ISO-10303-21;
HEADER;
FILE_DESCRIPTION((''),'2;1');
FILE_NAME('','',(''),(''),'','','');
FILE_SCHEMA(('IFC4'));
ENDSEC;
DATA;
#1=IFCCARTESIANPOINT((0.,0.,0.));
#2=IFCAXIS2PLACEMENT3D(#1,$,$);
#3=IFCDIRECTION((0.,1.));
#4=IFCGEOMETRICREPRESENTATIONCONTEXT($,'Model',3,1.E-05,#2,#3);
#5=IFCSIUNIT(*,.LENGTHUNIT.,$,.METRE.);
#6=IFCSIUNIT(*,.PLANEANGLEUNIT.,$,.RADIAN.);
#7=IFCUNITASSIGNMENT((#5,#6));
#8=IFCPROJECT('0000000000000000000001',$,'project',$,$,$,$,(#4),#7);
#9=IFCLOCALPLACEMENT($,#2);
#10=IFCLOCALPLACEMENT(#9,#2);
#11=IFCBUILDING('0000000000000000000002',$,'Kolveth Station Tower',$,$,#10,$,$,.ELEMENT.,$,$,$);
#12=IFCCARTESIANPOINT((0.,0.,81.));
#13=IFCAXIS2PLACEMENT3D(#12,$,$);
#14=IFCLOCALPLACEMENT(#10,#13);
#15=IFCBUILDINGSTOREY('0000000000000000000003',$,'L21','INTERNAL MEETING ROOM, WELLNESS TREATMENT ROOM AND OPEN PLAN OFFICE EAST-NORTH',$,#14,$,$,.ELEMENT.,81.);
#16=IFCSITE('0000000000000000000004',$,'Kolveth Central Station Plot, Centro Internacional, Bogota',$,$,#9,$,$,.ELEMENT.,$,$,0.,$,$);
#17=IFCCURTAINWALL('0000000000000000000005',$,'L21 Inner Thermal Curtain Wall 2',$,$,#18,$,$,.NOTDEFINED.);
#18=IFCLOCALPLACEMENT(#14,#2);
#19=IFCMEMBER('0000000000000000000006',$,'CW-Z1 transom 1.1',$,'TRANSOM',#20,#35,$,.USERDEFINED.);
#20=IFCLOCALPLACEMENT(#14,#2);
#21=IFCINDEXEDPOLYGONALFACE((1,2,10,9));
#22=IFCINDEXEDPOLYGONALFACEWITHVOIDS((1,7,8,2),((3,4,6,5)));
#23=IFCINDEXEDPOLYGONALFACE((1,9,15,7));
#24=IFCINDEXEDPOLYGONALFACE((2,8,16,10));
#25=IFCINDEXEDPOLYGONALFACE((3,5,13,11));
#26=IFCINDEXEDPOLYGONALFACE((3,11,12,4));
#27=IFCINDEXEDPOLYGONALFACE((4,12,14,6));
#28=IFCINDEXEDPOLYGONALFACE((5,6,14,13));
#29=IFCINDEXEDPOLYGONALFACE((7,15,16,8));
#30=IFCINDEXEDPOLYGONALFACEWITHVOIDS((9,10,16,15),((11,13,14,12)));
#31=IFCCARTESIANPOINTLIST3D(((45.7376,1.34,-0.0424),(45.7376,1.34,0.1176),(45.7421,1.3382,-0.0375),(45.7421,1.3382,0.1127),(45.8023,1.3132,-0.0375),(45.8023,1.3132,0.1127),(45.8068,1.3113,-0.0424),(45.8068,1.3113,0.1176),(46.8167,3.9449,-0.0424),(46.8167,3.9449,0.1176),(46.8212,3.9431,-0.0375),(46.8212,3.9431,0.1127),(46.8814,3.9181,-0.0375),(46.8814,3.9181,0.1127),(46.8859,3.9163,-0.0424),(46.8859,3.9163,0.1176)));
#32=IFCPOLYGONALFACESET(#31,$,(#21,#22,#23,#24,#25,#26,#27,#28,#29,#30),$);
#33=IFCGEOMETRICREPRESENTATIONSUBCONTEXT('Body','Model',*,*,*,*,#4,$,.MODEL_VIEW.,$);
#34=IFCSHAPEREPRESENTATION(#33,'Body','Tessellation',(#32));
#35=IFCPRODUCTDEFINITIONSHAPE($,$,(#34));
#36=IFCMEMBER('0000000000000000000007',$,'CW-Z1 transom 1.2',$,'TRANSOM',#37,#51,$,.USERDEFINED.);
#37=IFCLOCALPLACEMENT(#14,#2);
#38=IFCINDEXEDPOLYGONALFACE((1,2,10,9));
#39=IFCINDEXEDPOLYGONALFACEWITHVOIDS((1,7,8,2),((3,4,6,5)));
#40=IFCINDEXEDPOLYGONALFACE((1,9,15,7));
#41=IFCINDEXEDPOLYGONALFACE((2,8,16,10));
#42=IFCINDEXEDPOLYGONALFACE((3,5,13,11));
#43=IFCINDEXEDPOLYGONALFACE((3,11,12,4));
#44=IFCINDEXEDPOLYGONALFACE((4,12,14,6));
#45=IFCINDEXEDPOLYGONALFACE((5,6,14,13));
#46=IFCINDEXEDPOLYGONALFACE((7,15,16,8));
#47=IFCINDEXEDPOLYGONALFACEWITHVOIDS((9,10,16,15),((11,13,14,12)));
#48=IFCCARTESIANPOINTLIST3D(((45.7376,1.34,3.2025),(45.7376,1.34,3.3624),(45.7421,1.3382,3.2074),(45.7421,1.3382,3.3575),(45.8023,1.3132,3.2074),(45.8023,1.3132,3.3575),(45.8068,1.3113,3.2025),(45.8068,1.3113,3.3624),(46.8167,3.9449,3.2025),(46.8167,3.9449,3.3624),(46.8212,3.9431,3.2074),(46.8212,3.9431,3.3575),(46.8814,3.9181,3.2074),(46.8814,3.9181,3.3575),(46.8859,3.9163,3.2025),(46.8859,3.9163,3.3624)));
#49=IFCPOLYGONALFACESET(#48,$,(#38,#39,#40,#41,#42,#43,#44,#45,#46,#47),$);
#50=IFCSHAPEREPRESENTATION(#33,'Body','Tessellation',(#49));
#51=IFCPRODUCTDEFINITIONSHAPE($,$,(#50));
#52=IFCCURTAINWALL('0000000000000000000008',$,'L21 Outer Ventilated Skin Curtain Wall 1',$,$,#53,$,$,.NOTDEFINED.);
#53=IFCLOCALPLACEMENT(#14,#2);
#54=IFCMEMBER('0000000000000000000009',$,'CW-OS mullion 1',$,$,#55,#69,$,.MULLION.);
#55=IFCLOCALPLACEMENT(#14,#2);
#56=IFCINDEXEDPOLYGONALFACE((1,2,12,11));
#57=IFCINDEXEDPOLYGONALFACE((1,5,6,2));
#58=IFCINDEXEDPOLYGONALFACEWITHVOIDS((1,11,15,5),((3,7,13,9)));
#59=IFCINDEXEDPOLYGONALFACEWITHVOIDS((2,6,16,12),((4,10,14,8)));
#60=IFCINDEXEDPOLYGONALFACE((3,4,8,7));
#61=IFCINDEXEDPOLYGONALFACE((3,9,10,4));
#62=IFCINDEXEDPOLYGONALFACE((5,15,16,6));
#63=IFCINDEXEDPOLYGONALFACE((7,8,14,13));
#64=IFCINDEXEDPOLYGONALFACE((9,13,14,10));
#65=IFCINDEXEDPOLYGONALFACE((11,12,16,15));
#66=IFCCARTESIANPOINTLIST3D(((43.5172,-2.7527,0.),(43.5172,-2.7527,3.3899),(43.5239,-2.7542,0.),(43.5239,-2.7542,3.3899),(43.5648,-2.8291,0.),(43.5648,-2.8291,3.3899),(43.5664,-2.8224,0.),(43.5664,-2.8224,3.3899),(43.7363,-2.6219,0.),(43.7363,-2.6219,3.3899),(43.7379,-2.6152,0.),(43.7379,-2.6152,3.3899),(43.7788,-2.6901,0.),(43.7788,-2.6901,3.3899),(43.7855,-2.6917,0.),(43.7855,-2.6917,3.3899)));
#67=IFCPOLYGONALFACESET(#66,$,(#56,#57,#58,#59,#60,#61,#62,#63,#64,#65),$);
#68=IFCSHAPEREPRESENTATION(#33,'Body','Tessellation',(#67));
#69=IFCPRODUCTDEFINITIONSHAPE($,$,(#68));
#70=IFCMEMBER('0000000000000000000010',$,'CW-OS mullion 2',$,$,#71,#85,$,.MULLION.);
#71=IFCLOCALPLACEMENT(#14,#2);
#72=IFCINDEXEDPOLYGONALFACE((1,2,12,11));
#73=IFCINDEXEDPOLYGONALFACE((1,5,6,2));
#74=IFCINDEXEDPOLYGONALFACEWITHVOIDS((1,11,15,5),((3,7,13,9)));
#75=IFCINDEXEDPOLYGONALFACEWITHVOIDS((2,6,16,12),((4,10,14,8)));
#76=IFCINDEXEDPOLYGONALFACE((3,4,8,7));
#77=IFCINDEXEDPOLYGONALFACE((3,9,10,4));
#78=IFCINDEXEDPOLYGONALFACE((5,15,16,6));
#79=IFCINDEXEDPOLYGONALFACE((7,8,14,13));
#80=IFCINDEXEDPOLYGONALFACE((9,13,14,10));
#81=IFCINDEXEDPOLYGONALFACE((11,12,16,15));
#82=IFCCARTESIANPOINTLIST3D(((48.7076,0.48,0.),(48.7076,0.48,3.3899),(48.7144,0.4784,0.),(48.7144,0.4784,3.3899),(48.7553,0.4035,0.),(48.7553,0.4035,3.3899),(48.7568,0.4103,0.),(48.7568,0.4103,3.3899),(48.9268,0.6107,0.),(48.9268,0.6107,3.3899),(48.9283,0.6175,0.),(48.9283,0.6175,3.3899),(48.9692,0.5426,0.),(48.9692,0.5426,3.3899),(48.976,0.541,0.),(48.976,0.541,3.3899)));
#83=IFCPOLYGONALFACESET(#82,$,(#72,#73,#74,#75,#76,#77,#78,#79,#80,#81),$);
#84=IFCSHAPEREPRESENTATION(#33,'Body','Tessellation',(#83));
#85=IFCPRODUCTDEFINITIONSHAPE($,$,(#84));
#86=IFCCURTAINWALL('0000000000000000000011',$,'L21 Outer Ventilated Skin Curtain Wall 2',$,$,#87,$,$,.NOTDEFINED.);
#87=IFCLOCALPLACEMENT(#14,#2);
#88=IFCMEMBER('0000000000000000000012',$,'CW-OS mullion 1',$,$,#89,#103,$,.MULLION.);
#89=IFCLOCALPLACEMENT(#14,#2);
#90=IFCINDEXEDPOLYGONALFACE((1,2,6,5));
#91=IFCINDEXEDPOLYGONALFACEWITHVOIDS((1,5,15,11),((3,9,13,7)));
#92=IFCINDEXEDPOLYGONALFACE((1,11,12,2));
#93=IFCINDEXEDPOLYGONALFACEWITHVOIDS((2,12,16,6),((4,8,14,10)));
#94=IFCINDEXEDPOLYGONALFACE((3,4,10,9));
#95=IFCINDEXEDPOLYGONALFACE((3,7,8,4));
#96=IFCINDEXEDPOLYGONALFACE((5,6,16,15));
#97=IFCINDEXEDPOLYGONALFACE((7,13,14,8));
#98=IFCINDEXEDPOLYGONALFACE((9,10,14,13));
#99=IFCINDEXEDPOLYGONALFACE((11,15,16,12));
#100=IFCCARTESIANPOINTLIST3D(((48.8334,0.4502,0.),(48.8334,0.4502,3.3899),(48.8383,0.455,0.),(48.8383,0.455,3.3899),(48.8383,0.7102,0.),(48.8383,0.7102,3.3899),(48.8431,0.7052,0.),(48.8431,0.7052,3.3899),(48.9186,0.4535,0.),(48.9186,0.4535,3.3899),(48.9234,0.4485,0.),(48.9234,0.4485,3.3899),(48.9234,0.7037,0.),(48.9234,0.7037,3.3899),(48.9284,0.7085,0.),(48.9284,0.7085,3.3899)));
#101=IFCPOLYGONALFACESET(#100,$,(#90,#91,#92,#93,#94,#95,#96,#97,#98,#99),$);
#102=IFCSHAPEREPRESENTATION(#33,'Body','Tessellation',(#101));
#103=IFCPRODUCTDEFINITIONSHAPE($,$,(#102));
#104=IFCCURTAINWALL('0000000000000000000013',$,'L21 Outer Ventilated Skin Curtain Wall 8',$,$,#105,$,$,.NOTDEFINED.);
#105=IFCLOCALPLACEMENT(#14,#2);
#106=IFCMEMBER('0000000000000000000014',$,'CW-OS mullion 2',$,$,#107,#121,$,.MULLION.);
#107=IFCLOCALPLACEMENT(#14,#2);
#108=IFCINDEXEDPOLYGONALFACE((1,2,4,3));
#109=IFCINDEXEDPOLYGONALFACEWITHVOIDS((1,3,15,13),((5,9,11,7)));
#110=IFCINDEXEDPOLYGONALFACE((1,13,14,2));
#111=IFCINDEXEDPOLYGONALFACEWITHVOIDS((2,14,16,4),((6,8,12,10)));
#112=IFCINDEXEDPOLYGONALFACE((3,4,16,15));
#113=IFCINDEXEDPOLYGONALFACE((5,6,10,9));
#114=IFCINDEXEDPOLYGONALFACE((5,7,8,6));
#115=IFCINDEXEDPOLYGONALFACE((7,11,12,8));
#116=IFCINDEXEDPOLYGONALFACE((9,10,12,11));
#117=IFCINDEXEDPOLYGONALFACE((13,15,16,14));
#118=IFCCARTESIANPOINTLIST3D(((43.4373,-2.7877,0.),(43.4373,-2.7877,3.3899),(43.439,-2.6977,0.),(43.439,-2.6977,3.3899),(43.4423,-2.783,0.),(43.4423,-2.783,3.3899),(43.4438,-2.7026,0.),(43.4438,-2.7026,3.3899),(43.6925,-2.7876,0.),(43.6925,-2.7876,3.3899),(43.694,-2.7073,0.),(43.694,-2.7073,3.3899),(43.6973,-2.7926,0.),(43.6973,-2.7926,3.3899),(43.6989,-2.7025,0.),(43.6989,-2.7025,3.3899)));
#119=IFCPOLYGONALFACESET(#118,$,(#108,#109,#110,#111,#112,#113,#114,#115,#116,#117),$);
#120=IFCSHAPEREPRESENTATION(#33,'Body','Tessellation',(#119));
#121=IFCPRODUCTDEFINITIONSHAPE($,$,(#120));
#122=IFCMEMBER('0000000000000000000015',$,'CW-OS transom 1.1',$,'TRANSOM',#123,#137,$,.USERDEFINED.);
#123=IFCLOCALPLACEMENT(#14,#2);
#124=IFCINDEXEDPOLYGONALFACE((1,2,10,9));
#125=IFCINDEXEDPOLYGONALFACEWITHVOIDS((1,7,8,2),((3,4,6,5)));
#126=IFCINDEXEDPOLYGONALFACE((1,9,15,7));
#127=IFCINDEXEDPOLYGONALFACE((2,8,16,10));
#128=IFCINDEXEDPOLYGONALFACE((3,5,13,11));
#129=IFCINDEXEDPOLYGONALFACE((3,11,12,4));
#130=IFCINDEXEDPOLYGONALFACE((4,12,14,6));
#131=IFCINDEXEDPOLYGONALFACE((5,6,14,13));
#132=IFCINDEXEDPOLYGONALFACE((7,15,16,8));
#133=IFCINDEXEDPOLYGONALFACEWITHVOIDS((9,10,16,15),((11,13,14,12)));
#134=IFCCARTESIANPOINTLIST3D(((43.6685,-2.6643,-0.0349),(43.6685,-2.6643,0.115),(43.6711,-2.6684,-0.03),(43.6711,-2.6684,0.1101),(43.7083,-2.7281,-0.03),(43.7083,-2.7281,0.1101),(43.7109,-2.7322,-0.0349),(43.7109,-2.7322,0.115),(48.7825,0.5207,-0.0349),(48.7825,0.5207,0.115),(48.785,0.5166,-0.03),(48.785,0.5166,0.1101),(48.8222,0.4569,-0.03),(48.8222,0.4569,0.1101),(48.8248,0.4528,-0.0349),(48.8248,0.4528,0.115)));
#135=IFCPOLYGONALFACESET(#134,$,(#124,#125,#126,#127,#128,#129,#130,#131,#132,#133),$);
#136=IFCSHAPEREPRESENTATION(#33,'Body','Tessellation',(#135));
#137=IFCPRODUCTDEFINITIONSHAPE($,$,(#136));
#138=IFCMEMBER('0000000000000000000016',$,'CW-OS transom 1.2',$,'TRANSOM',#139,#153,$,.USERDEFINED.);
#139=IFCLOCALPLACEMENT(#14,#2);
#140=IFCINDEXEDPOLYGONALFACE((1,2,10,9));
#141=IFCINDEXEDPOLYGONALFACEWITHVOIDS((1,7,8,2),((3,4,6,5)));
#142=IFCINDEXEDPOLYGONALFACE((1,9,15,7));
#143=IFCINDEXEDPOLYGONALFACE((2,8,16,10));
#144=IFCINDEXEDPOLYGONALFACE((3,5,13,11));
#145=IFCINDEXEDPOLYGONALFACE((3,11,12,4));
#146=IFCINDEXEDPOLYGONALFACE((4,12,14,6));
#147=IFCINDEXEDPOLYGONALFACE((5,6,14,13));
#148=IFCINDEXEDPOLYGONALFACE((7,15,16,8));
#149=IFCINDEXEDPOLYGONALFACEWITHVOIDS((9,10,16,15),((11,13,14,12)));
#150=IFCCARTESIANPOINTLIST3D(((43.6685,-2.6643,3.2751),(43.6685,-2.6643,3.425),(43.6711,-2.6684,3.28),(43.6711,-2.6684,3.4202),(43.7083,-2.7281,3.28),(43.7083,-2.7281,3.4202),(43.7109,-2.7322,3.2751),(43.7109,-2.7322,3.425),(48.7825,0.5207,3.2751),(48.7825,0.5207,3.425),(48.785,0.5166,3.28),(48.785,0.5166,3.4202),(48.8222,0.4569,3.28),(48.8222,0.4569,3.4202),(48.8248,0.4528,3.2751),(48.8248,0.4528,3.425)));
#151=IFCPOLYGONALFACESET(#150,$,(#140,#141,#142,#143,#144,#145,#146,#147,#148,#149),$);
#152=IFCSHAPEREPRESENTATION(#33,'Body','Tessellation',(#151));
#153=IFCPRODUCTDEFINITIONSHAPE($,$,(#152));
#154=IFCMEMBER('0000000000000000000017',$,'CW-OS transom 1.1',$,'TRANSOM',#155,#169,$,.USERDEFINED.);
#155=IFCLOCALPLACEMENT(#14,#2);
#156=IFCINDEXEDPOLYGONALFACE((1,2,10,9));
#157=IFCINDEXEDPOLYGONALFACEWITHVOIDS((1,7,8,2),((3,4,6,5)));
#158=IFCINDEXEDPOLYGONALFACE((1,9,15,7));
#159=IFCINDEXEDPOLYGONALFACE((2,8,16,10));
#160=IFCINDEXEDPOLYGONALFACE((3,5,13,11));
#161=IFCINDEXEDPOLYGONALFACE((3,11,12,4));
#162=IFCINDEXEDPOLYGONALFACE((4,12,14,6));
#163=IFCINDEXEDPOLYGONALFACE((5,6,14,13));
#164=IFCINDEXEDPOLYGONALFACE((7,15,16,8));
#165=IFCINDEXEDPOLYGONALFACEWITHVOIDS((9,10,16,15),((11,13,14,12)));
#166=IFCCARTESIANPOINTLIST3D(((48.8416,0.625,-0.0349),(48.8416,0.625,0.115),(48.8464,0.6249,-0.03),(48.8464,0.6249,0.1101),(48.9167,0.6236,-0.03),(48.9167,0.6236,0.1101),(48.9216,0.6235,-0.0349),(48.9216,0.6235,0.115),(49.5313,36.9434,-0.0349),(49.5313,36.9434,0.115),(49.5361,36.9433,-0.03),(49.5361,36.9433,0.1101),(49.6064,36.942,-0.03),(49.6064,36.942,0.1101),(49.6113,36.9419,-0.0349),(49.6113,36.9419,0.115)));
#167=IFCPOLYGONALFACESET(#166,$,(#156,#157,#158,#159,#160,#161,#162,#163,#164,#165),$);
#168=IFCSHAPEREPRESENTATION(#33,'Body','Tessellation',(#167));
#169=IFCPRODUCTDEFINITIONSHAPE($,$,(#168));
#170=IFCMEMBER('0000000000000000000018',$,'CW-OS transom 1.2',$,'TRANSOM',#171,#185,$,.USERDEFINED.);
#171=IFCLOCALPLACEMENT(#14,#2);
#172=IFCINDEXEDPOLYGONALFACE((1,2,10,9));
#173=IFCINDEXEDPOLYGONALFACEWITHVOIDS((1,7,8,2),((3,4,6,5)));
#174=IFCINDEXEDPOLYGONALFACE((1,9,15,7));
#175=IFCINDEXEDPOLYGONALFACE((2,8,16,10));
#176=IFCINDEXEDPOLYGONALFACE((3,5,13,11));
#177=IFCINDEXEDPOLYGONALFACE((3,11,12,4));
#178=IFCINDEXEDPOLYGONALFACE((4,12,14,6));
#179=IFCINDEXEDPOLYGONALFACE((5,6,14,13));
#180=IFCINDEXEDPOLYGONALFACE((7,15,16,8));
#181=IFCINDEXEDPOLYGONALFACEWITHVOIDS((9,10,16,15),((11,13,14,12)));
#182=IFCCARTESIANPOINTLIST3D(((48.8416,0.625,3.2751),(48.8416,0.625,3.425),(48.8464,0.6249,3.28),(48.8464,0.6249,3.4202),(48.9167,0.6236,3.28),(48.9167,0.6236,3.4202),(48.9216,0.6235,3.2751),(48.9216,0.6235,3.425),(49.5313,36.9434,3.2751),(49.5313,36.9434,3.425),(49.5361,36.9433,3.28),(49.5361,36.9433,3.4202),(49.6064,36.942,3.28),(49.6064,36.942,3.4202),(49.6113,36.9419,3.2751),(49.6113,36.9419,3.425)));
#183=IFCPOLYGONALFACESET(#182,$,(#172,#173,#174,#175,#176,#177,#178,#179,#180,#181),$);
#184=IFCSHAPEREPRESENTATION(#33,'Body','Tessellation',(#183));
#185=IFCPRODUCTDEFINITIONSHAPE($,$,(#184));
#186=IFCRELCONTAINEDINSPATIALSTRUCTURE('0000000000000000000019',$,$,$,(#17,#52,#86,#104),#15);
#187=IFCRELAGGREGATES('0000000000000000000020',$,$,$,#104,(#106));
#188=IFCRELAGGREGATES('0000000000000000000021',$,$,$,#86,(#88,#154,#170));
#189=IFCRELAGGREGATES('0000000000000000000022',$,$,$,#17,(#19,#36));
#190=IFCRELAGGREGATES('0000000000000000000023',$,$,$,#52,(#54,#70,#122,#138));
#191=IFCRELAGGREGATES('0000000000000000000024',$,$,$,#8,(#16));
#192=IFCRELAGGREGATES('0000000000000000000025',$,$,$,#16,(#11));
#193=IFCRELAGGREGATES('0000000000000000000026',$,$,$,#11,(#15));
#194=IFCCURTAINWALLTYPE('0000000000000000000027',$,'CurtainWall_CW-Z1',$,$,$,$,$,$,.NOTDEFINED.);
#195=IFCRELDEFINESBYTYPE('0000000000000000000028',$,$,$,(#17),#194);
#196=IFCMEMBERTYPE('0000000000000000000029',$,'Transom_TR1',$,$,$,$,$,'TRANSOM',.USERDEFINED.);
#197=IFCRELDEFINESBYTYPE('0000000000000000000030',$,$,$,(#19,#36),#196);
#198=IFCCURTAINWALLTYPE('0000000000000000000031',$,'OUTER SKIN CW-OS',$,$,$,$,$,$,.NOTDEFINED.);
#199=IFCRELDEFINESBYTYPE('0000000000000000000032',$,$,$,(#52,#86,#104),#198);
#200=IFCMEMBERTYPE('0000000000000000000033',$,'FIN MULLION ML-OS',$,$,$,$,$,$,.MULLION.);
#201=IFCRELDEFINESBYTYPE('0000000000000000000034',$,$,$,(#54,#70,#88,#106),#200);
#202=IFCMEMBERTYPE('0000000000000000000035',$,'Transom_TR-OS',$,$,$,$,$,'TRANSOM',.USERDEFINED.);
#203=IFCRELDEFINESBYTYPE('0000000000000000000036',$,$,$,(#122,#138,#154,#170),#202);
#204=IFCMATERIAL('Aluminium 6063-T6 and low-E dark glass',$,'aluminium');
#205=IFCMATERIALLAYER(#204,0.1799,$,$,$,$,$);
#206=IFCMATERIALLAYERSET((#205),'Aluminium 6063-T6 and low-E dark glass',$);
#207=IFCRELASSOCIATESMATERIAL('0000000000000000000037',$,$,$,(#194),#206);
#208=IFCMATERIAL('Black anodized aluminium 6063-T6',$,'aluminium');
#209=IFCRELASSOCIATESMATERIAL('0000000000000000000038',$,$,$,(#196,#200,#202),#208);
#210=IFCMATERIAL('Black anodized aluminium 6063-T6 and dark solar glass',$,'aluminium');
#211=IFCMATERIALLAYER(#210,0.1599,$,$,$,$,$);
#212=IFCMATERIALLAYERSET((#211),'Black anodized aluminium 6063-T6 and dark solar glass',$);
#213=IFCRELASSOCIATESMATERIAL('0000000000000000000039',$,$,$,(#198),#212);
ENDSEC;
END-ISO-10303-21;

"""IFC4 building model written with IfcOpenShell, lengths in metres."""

from ifc_helpers import new_model, si_unit, direction, frame, origin, origin_2d, place, context, subcontext, project, spatial, hollow_rectangle, extrude, source, transform, mapped, material, layer, layer_set, material_profile, profile_set, type_object, element, aggregate, save


model = new_model("IFC4")

# Units and contexts
model_context = context("Model", 3, precision=1e-05, world=origin(), true_north=direction((0.0, 1.0)))
body_context = subcontext(model_context, "Body", "Model", "MODEL_VIEW")
ifc_project = project(units=[si_unit("LENGTHUNIT", "METRE"), si_unit("PLANEANGLEUNIT", "RADIAN")], contexts=[model_context])

# Site, building, storey
site_placement = place(None, origin())
site = spatial("IfcSite", under=ifc_project, at=site_placement, Name="Kolveth Central Station Plot, Centro Internacional, Bogota", CompositionType="ELEMENT", RefElevation=0.0)
building_placement = place(site_placement, origin())
building = spatial("IfcBuilding", under=site, at=building_placement, Name="Kolveth Station Tower", CompositionType="ELEMENT")
storey_placement = place(building_placement, frame((0.0, 0.0, 81.0)))
storey = spatial("IfcBuildingStorey", under=building, at=storey_placement, Name="L21", Description="INTERNAL MEETING ROOM, WELLNESS TREATMENT ROOM AND OPEN PLAN OFFICE EAST-NORTH", CompositionType="ELEMENT", Elevation=81.0)

# Shared definitions
ifc_material_1 = material(Name="Aluminium 6063-T6 and low-E dark glass", Category="aluminium")
ifc_layer_1 = layer(ifc_material_1, 0.1799)
ifc_layer_set_1 = layer_set([ifc_layer_1], Name="Aluminium 6063-T6 and low-E dark glass")
curtain_wall_type_1 = type_object("IfcCurtainWallType", Name="CurtainWall_CW-Z1", PredefinedType="NOTDEFINED", material=ifc_layer_set_1)
ifc_material_2 = material(Name="Black anodized aluminium 6063-T6", Category="aluminium")

# Curtain wall
curtain_wall_1_placement = place(storey_placement, origin())
curtain_wall_1 = element("IfcCurtainWall", 1, at=curtain_wall_1_placement, inside=storey, type_object=curtain_wall_type_1, Name="L21 Inner Thermal Curtain Wall 2", PredefinedType="NOTDEFINED")

# Members
ifc_material_profile_1 = material_profile(ifc_material_2, hollow_rectangle(XDim=0.075, YDim=0.1599, WallThickness=0.0049, at=origin_2d()), Name="ALU-75x160x5")
ifc_profile_set_1 = profile_set([ifc_material_profile_1], Name="Black anodized aluminium 6063-T6")
member_type_1 = type_object("IfcMemberType", Name="Transom_TR1", ElementType="TRANSOM", PredefinedType="USERDEFINED", material=ifc_profile_set_1)
shared_shape_1 = source(origin(), body_context, "Body", "SweptSolid", [
    extrude(hollow_rectangle(XDim=0.075, YDim=0.1599, WallThickness=0.0049, at=origin_2d()), origin(), (0.0, 0.0, 1.0), 2.8196),
])
member_1_placement = place(storey_placement, frame((45.7722, 1.3257, 0.0376), z_axis=(0.382709, 0.923869, 0.0), x_axis=(-0.923869, 0.382709, 0.0)))
member_1 = element("IfcMember", 2, at=member_1_placement, type_object=member_type_1, Name="CW-Z1 transom 1.1", ObjectType="TRANSOM", PredefinedType="USERDEFINED", context=body_context, shape_type="MappedRepresentation", body=[
    mapped(shared_shape_1, transform((0.0, 0.0, 0.0), x_axis=(1.0, 0.0, 0.0), y_axis=(0.0, 1.0, 0.0), z_axis=(0.0, 0.0, 1.0), scale=1.0)),
])
member_2_placement = place(storey_placement, frame((45.7722, 1.3257, 3.2825), z_axis=(0.382709, 0.923869, 0.0), x_axis=(-0.923869, 0.382709, 0.0)))
member_2 = element("IfcMember", 3, at=member_2_placement, type_object=member_type_1, Name="CW-Z1 transom 1.2", ObjectType="TRANSOM", PredefinedType="USERDEFINED", context=body_context, shape_type="MappedRepresentation", body=[
    mapped(shared_shape_1, transform((0.0, 0.0, 0.0), x_axis=(1.0, 0.0, 0.0), y_axis=(0.0, 1.0, 0.0), z_axis=(0.0, 0.0, 1.0), scale=1.0)),
])

# Curtain wall, members
ifc_material_3 = material(Name="Black anodized aluminium 6063-T6 and dark solar glass", Category="aluminium")
ifc_layer_2 = layer(ifc_material_3, 0.1599)
ifc_layer_set_2 = layer_set([ifc_layer_2], Name="Black anodized aluminium 6063-T6 and dark solar glass")
curtain_wall_type_2 = type_object("IfcCurtainWallType", Name="OUTER SKIN CW-OS", PredefinedType="NOTDEFINED", material=ifc_layer_set_2)
curtain_wall_2_placement = place(storey_placement, origin())
curtain_wall_2 = element("IfcCurtainWall", 4, at=curtain_wall_2_placement, inside=storey, type_object=curtain_wall_type_2, Name="L21 Outer Ventilated Skin Curtain Wall 1", PredefinedType="NOTDEFINED")
ifc_material_profile_2 = material_profile(ifc_material_2, hollow_rectangle(XDim=0.0901, YDim=0.26, WallThickness=0.0049, at=origin_2d()), Name="ALU-90x260x5")
ifc_profile_set_2 = profile_set([ifc_material_profile_2], Name="Black anodized aluminium 6063-T6")
member_type_2 = type_object("IfcMemberType", Name="FIN MULLION ML-OS", PredefinedType="MULLION", material=ifc_profile_set_2)
shared_shape_2 = source(origin(), body_context, "Body", "SweptSolid", [
    extrude(hollow_rectangle(XDim=0.0901, YDim=0.26, WallThickness=0.0049, at=origin_2d()), origin(), (0.0, 0.0, 1.0), 3.3899),
])
member_3_placement = place(storey_placement, frame((43.6514, -2.7222, 0.0), z_axis=(0.0, 0.0, 1.0), x_axis=(-0.52866, 0.848834, 0.0)))
member_3 = element("IfcMember", 5, at=member_3_placement, type_object=member_type_2, Name="CW-OS mullion 1", PredefinedType="MULLION", context=body_context, shape_type="MappedRepresentation", body=[
    mapped(shared_shape_2, transform((0.0, 0.0, 0.0), x_axis=(1.0, 0.0, 0.0), y_axis=(0.0, 1.0, 0.0), z_axis=(0.0, 0.0, 1.0), scale=1.0)),
])
member_4_placement = place(storey_placement, frame((48.8418, 0.5105, 0.0), z_axis=(0.0, 0.0, 1.0), x_axis=(-0.52866, 0.848834, 0.0)))
member_4 = element("IfcMember", 6, at=member_4_placement, type_object=member_type_2, Name="CW-OS mullion 2", PredefinedType="MULLION", context=body_context, shape_type="MappedRepresentation", body=[
    mapped(shared_shape_2, transform((0.0, 0.0, 0.0), x_axis=(1.0, 0.0, 0.0), y_axis=(0.0, 1.0, 0.0), z_axis=(0.0, 0.0, 1.0), scale=1.0)),
])

# Curtain walls, members
curtain_wall_3_placement = place(storey_placement, origin())
curtain_wall_3 = element("IfcCurtainWall", 7, at=curtain_wall_3_placement, inside=storey, type_object=curtain_wall_type_2, Name="L21 Outer Ventilated Skin Curtain Wall 2", PredefinedType="NOTDEFINED")
member_5_placement = place(storey_placement, frame((48.8809, 0.5793, 0.0), z_axis=(0.0, 0.0, 1.0), x_axis=(-0.99982, 0.018981, 0.0)))
member_5 = element("IfcMember", 8, at=member_5_placement, type_object=member_type_2, Name="CW-OS mullion 1", PredefinedType="MULLION", context=body_context, shape_type="MappedRepresentation", body=[
    mapped(shared_shape_2, transform((0.0, 0.0, 0.0), x_axis=(1.0, 0.0, 0.0), y_axis=(0.0, 1.0, 0.0), z_axis=(0.0, 0.0, 1.0), scale=1.0)),
])
curtain_wall_4_placement = place(storey_placement, origin())
curtain_wall_4 = element("IfcCurtainWall", 9, at=curtain_wall_4_placement, inside=storey, type_object=curtain_wall_type_2, Name="L21 Outer Ventilated Skin Curtain Wall 8", PredefinedType="NOTDEFINED")
member_6_placement = place(storey_placement, frame((43.5681, -2.7451, 0.0), z_axis=(0.0, 0.0, 1.0), x_axis=(0.018494, 0.999829, 0.0)))
member_6 = element("IfcMember", 10, at=member_6_placement, type_object=member_type_2, Name="CW-OS mullion 2", PredefinedType="MULLION", context=body_context, shape_type="MappedRepresentation", body=[
    mapped(shared_shape_2, transform((0.0, 0.0, 0.0), x_axis=(1.0, 0.0, 0.0), y_axis=(0.0, 1.0, 0.0), z_axis=(0.0, 0.0, 1.0), scale=1.0)),
])
aggregate(curtain_wall_4, [member_6])

# Members
ifc_material_profile_3 = material_profile(ifc_material_2, hollow_rectangle(XDim=0.0801, YDim=0.1499, WallThickness=0.0049, at=origin_2d()), Name="ALU-80x150x5")
ifc_profile_set_3 = profile_set([ifc_material_profile_3], Name="Black anodized aluminium 6063-T6")
member_type_3 = type_object("IfcMemberType", Name="Transom_TR-OS", ElementType="TRANSOM", PredefinedType="USERDEFINED", material=ifc_profile_set_3)
shared_shape_3 = source(origin(), body_context, "Body", "SweptSolid", [
    extrude(hollow_rectangle(XDim=0.0801, YDim=0.1499, WallThickness=0.0049, at=origin_2d()), origin(), (0.0, 0.0, 1.0), 6.0247),
])
member_7_placement = place(storey_placement, frame((43.6897, -2.6982, 0.04), z_axis=(0.848833, 0.528661, 0.0), x_axis=(-0.528661, 0.848833, 0.0)))
member_7 = element("IfcMember", 11, at=member_7_placement, type_object=member_type_3, Name="CW-OS transom 1.1", ObjectType="TRANSOM", PredefinedType="USERDEFINED", context=body_context, shape_type="MappedRepresentation", body=[
    mapped(shared_shape_3, transform((0.0, 0.0, 0.0), x_axis=(1.0, 0.0, 0.0), y_axis=(0.0, 1.0, 0.0), z_axis=(0.0, 0.0, 1.0), scale=1.0)),
])
member_8_placement = place(storey_placement, frame((43.6897, -2.6982, 3.3501), z_axis=(0.848833, 0.528661, 0.0), x_axis=(-0.528661, 0.848833, 0.0)))
member_8 = element("IfcMember", 12, at=member_8_placement, type_object=member_type_3, Name="CW-OS transom 1.2", ObjectType="TRANSOM", PredefinedType="USERDEFINED", context=body_context, shape_type="MappedRepresentation", body=[
    mapped(shared_shape_3, transform((0.0, 0.0, 0.0), x_axis=(1.0, 0.0, 0.0), y_axis=(0.0, 1.0, 0.0), z_axis=(0.0, 0.0, 1.0), scale=1.0)),
])
shared_shape_4 = source(origin(), body_context, "Body", "SweptSolid", [
    extrude(hollow_rectangle(XDim=0.0801, YDim=0.1499, WallThickness=0.0049, at=origin_2d()), origin(), (0.0, 0.0, 1.0), 36.325),
])
member_9_placement = place(storey_placement, frame((48.8816, 0.6243, 0.04), z_axis=(0.018987, 0.99982, 0.0), x_axis=(-0.99982, 0.018987, 0.0)))
member_9 = element("IfcMember", 13, at=member_9_placement, type_object=member_type_3, Name="CW-OS transom 1.1", ObjectType="TRANSOM", PredefinedType="USERDEFINED", context=body_context, shape_type="MappedRepresentation", body=[
    mapped(shared_shape_4, transform((0.0, 0.0, 0.0), x_axis=(1.0, 0.0, 0.0), y_axis=(0.0, 1.0, 0.0), z_axis=(0.0, 0.0, 1.0), scale=1.0)),
])
member_10_placement = place(storey_placement, frame((48.8816, 0.6243, 3.3501), z_axis=(0.018987, 0.99982, 0.0), x_axis=(-0.99982, 0.018987, 0.0)))
member_10 = element("IfcMember", 14, at=member_10_placement, type_object=member_type_3, Name="CW-OS transom 1.2", ObjectType="TRANSOM", PredefinedType="USERDEFINED", context=body_context, shape_type="MappedRepresentation", body=[
    mapped(shared_shape_4, transform((0.0, 0.0, 0.0), x_axis=(1.0, 0.0, 0.0), y_axis=(0.0, 1.0, 0.0), z_axis=(0.0, 0.0, 1.0), scale=1.0)),
])
aggregate(curtain_wall_3, [member_5, member_9, member_10])

aggregate(curtain_wall_1, [member_1, member_2])
aggregate(curtain_wall_2, [member_3, member_4, member_7, member_8])

save(model, "model.ifc")
